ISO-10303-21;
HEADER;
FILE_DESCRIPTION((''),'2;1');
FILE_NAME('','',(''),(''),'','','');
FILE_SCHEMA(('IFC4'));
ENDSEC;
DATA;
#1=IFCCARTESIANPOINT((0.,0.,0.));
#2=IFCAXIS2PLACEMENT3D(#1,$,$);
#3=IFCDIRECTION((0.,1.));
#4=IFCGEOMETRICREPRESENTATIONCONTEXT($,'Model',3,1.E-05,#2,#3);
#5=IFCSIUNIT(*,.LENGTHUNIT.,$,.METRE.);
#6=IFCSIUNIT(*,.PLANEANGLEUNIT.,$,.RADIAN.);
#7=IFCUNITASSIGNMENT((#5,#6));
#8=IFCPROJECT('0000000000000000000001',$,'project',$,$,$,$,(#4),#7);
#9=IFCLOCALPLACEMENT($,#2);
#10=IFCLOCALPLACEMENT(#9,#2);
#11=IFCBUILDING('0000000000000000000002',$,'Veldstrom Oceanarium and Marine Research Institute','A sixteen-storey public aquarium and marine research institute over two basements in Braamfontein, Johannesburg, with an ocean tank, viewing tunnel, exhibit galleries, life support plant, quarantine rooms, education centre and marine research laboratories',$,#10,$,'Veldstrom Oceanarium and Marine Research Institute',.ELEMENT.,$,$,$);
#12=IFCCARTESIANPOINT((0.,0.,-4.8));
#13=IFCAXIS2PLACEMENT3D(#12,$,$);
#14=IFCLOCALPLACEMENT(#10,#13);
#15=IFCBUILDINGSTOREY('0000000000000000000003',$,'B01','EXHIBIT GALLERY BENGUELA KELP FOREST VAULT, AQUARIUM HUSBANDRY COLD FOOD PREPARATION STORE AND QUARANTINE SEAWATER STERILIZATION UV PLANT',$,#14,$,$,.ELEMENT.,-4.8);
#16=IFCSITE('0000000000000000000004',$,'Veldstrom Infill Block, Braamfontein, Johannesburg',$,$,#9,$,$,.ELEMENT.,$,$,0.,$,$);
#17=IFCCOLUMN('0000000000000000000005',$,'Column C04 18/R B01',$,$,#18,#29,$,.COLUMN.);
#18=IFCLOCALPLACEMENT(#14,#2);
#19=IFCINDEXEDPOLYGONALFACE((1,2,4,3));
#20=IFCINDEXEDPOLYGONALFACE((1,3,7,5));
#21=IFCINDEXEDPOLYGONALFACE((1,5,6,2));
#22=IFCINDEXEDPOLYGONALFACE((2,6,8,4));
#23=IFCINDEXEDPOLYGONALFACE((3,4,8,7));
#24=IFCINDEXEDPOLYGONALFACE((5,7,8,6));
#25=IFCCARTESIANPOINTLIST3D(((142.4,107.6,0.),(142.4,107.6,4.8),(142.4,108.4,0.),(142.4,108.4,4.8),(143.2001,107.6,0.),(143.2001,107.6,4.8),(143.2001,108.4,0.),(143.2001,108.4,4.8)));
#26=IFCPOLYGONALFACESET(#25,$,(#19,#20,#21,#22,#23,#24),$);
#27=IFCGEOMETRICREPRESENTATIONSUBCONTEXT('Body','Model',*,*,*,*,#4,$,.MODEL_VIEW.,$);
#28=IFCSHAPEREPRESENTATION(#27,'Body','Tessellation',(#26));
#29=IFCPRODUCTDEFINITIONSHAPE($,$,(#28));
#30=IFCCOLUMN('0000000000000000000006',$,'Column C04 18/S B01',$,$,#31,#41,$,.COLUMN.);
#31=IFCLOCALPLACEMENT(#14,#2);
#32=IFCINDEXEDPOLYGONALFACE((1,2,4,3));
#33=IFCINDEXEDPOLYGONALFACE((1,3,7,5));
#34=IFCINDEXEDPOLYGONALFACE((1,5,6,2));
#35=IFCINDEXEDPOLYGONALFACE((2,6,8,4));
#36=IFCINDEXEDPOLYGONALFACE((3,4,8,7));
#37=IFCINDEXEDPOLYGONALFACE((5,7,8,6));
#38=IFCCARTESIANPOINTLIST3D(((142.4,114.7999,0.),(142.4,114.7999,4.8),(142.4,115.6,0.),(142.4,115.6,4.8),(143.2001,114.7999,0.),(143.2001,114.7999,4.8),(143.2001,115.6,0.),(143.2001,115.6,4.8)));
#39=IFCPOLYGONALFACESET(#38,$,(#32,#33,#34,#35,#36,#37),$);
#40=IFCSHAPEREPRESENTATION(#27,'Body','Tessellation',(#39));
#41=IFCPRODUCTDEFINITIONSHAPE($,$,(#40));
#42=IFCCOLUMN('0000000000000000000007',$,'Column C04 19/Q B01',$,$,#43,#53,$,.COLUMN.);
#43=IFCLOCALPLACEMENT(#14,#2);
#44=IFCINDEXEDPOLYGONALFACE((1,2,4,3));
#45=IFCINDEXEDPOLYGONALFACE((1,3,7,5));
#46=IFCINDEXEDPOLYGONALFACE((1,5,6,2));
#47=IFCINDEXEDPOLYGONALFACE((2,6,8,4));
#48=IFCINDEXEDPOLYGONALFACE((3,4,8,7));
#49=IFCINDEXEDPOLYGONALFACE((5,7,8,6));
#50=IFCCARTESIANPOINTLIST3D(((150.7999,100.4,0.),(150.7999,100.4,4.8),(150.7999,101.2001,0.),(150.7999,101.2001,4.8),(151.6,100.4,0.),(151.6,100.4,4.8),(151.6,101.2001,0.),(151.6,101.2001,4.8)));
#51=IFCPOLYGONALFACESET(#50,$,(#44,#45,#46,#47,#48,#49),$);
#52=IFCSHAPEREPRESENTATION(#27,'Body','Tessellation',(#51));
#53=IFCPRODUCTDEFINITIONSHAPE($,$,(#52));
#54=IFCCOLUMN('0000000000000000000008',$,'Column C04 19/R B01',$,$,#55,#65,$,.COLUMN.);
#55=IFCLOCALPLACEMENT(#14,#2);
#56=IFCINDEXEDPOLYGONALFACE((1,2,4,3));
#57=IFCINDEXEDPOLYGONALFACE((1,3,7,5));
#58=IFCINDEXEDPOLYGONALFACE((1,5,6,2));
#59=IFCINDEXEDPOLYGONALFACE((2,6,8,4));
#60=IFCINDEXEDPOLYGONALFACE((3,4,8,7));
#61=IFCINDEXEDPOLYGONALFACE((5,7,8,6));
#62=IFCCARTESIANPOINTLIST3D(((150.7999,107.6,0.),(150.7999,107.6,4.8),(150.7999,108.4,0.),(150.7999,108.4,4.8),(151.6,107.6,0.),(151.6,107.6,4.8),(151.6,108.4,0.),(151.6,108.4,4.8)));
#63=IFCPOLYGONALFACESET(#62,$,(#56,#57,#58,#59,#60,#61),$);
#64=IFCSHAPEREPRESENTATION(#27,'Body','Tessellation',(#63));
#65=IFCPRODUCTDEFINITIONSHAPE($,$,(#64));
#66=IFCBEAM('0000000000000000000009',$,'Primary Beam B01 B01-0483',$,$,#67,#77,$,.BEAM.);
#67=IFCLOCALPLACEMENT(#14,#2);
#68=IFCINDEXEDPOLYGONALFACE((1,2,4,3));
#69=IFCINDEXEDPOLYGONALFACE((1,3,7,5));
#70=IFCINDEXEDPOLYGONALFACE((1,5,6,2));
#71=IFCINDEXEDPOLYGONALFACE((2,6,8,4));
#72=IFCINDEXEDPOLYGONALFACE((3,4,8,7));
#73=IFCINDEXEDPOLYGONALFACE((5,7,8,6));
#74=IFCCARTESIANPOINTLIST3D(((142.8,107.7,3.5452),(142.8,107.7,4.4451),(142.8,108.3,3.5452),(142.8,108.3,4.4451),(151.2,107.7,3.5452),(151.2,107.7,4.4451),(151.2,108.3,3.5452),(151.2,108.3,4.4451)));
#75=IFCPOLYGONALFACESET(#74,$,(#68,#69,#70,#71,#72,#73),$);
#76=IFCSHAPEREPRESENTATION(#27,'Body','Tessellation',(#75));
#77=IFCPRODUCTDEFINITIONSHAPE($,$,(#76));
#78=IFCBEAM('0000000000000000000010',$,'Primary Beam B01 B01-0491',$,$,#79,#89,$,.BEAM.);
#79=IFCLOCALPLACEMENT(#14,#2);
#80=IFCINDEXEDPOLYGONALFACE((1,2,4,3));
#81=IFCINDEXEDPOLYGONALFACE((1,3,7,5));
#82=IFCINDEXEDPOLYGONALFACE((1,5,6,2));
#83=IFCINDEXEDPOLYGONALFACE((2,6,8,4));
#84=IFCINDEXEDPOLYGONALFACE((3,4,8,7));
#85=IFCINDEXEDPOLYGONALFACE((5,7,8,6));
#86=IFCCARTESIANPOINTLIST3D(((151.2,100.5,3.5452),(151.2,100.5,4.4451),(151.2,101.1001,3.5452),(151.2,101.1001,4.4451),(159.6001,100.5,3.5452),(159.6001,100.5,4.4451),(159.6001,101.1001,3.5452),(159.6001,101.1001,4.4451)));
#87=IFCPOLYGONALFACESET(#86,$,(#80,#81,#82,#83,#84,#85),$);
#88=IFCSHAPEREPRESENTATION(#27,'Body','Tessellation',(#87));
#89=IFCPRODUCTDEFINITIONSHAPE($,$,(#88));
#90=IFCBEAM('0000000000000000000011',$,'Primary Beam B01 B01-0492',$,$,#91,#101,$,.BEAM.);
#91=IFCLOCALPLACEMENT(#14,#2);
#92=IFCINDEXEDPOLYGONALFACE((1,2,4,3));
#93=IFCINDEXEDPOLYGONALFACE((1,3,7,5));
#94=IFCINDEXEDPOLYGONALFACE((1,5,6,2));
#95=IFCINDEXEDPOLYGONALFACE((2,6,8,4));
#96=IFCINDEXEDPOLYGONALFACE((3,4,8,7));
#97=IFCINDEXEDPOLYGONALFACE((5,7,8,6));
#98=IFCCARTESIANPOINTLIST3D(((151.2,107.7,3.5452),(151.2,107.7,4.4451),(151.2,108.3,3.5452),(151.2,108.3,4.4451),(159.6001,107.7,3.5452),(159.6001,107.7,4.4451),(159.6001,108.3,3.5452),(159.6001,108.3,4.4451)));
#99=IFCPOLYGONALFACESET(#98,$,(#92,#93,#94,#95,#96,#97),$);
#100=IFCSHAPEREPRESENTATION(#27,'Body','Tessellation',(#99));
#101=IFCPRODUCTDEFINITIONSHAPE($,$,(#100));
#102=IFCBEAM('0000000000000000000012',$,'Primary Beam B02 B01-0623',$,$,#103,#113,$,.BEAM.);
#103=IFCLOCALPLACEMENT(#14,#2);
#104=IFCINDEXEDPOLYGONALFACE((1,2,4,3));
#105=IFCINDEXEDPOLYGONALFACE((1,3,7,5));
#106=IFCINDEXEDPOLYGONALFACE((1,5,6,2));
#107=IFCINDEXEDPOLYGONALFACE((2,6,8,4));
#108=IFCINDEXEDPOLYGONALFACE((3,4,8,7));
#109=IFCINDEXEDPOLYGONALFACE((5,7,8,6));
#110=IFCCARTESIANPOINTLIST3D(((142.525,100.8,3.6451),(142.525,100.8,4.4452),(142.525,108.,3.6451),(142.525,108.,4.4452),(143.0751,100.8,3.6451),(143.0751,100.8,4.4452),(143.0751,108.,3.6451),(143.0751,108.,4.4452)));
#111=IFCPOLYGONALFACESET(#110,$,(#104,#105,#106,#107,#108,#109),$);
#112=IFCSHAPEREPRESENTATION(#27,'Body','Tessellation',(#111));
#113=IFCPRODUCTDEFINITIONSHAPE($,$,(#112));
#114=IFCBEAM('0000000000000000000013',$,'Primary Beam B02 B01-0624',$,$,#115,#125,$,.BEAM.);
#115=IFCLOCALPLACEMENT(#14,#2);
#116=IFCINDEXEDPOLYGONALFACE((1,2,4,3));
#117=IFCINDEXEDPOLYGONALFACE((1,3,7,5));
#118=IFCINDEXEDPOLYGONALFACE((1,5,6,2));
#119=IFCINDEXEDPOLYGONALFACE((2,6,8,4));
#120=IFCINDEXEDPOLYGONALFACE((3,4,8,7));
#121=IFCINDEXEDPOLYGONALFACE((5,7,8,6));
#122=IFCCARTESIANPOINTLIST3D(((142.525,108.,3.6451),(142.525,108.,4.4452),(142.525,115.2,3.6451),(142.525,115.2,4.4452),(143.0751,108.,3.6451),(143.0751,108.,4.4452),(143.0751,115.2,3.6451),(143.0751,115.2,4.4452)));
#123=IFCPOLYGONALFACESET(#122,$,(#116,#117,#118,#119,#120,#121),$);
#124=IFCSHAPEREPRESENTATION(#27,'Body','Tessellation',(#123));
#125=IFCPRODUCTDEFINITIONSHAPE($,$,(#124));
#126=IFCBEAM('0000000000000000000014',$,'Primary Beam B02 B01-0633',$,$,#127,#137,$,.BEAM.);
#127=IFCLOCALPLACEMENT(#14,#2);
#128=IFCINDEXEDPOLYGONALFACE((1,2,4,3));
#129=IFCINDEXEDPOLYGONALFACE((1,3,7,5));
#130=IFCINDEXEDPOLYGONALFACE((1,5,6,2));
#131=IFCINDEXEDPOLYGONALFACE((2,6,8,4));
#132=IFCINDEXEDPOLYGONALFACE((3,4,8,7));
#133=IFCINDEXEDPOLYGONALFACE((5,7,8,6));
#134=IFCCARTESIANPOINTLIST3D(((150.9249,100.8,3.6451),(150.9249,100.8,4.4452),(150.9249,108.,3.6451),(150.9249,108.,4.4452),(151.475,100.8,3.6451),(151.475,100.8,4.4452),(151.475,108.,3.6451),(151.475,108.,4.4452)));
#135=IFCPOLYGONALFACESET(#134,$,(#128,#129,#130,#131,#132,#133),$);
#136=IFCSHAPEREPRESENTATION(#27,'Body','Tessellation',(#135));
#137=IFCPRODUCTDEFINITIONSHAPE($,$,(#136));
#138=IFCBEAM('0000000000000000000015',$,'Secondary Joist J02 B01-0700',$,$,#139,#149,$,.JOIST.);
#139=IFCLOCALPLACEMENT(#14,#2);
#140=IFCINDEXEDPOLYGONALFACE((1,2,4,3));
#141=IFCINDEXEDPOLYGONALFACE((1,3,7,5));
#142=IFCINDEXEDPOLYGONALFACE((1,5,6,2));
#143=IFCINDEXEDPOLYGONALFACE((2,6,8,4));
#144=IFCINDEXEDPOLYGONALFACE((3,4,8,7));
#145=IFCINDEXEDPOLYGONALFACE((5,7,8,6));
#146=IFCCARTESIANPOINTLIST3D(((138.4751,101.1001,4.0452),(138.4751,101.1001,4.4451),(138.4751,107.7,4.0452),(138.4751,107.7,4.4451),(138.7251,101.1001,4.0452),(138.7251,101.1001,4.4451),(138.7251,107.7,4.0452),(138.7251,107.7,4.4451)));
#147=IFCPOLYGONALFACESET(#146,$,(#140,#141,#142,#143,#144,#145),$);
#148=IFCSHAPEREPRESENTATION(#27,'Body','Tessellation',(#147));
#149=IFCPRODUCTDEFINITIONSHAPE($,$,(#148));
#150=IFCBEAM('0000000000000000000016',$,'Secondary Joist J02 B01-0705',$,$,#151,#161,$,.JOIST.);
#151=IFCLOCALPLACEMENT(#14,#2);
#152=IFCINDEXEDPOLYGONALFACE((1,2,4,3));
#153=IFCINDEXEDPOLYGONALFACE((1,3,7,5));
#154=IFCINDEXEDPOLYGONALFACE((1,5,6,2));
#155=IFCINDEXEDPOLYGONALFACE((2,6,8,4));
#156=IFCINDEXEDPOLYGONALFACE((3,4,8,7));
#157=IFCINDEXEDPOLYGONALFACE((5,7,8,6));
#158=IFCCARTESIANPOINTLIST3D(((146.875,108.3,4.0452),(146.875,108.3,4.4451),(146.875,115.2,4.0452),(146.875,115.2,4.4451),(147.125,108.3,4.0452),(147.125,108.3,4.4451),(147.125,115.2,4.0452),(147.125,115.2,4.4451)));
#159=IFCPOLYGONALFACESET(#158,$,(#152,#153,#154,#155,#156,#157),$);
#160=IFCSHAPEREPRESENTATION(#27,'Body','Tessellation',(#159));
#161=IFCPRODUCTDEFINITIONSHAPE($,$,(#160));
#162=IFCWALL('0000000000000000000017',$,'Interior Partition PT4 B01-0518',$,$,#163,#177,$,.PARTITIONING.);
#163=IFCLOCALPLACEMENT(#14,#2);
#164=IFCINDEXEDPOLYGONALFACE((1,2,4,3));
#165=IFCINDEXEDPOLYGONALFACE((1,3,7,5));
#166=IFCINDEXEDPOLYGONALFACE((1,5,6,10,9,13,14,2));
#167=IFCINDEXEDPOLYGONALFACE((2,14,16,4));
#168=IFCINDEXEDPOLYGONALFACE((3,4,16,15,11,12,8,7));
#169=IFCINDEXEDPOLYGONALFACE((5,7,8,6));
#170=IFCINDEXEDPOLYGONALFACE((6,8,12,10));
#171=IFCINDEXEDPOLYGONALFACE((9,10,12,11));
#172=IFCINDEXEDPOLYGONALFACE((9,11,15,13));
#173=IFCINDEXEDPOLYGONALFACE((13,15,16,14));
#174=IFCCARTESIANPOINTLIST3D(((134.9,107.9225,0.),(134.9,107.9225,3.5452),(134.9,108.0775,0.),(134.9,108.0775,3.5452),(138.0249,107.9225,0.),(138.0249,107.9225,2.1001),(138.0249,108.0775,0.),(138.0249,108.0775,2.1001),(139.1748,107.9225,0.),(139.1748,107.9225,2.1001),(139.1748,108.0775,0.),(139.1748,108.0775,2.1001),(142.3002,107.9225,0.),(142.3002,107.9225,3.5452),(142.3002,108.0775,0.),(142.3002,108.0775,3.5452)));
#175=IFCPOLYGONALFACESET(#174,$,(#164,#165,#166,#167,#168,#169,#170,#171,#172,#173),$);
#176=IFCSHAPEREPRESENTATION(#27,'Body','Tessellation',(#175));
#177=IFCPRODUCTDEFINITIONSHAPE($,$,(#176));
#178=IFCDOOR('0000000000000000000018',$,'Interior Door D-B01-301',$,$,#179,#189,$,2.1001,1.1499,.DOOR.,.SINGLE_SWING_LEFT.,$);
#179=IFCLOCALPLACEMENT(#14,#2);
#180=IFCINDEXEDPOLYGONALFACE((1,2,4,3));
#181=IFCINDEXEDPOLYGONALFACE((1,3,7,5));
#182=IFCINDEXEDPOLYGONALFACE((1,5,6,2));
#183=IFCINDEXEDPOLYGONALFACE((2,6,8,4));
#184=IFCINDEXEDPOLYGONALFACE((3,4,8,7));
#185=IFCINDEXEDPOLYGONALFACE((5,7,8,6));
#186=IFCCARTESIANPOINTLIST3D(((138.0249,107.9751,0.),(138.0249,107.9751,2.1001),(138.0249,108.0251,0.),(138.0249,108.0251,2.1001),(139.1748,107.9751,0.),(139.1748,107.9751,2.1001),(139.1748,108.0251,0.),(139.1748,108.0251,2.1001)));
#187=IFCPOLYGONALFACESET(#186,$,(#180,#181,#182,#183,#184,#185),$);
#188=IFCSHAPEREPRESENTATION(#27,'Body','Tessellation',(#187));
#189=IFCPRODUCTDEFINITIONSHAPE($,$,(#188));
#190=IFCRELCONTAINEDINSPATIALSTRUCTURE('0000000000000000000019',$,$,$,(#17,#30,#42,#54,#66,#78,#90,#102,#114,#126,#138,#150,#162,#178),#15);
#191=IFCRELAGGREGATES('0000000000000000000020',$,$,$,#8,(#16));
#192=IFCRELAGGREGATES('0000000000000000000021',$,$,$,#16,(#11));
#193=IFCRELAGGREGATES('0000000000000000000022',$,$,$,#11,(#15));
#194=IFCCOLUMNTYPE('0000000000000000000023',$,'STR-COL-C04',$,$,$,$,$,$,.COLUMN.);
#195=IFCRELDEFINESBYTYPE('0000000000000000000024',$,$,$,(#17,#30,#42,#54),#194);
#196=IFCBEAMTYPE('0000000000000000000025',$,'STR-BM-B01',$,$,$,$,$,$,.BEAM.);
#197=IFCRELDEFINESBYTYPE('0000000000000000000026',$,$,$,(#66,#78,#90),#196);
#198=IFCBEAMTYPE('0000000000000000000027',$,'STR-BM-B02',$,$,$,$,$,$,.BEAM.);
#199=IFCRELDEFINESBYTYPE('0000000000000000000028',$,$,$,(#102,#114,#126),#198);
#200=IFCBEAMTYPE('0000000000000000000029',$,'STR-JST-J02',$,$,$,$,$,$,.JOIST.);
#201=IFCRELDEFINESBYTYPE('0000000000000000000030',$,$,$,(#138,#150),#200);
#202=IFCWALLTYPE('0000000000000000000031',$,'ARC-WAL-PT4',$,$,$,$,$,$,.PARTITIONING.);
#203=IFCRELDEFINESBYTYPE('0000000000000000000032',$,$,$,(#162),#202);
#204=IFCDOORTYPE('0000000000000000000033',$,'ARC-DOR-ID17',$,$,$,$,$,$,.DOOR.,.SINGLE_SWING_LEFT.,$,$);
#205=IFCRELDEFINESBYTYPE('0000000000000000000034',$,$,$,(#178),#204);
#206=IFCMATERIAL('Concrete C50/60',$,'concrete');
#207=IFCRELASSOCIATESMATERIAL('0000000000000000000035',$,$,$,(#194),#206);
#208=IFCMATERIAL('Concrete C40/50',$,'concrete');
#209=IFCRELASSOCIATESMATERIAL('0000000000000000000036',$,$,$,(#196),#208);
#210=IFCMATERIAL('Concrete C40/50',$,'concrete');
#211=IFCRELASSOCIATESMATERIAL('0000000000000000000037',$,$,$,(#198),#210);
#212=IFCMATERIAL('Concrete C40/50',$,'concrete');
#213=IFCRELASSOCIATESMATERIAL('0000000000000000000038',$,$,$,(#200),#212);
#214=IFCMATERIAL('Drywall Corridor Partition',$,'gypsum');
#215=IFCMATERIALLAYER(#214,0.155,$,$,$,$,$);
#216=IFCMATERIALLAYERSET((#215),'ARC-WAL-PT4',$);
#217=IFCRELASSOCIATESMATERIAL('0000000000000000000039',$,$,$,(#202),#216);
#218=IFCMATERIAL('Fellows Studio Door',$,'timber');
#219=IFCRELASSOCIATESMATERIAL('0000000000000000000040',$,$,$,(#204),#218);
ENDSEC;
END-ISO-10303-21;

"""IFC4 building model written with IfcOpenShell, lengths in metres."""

from ifc_helpers import new_model, si_unit, direction, frame, frame_2d, origin, origin_2d, place, context, subcontext, project, spatial, rectangle, extrude, material, layer, layer_set, material_profile, profile_set, type_object, element, fill, save


model = new_model("IFC4")

# Units and contexts
model_context = context("Model", 3, precision=1e-05, world=origin(), true_north=direction((0.0, 1.0)))
body_context = subcontext(model_context, "Body", "Model", "MODEL_VIEW")
ifc_project = project(units=[si_unit("LENGTHUNIT", "METRE"), si_unit("PLANEANGLEUNIT", "RADIAN")], contexts=[model_context])

# Site, building, storey
site_placement = place(None, origin())
site = spatial("IfcSite", under=ifc_project, at=site_placement, Name="Veldstrom Infill Block, Braamfontein, Johannesburg", CompositionType="ELEMENT", RefElevation=0.0)
building_placement = place(site_placement, origin())
building = spatial("IfcBuilding", under=site, at=building_placement, Name="Veldstrom Oceanarium and Marine Research Institute", Description="A sixteen-storey public aquarium and marine research institute over two basements in Braamfontein, Johannesburg, with an ocean tank, viewing tunnel, exhibit galleries, life support plant, quarantine rooms, education centre and marine research laboratories", LongName="Veldstrom Oceanarium and Marine Research Institute", CompositionType="ELEMENT")
storey_placement = place(building_placement, frame((0.0, 0.0, -4.8)))
storey = spatial("IfcBuildingStorey", under=building, at=storey_placement, Name="B01", Description="EXHIBIT GALLERY BENGUELA KELP FOREST VAULT, AQUARIUM HUSBANDRY COLD FOOD PREPARATION STORE AND QUARANTINE SEAWATER STERILIZATION UV PLANT", CompositionType="ELEMENT", Elevation=-4.8)

# Columns
ifc_material_1 = material(Name="Concrete C50/60", Category="concrete")
ifc_material_profile_1 = material_profile(ifc_material_1, rectangle(XDim=0.8, YDim=0.8, at=origin_2d()), Name="RC-COL-800x800")
ifc_profile_set_1 = profile_set([ifc_material_profile_1], Name="Concrete C50/60")
column_type = type_object("IfcColumnType", Name="STR-COL-C04", PredefinedType="COLUMN", material=ifc_profile_set_1)
for number, where, z_axis, x_axis, name in (
    (1, (142.8, 108.0, 0.0), (0.0, 0.0, 1.0), (1.0, 0.0, 0.0), "Column C04 18/R B01"),
    (2, (142.8, 115.2, 0.0), (0.0, 0.0, 1.0), (1.0, 0.0, 0.0), "Column C04 18/S B01"),
    (3, (151.2, 100.8, 0.0), (0.0, 0.0, 1.0), (1.0, 0.0, 0.0), "Column C04 19/Q B01"),
    (4, (151.2, 108.0, 0.0), (0.0, 0.0, 1.0), (1.0, 0.0, 0.0), "Column C04 19/R B01"),
):
    element("IfcColumn", number, at=place(storey_placement, frame(where, z_axis=z_axis, x_axis=x_axis)), inside=storey, type_object=column_type, Name=name, PredefinedType="COLUMN", context=body_context, shape_type="SweptSolid", body=[
        extrude(rectangle(XDim=0.8, YDim=0.8, at=origin_2d()), origin(), (0.0, 0.0, 1.0), 4.8),
    ])

# Beams
ifc_material_2 = material(Name="Concrete C40/50", Category="concrete")
ifc_material_profile_2 = material_profile(ifc_material_2, rectangle(XDim=0.6001, YDim=0.8999, at=origin_2d()), Name="RC-BM-600x900")
ifc_profile_set_2 = profile_set([ifc_material_profile_2], Name="Concrete C40/50")
beam_type_1 = type_object("IfcBeamType", Name="STR-BM-B01", PredefinedType="BEAM", material=ifc_profile_set_2)
beam_1_placement = place(storey_placement, frame((142.8, 108.0, 3.9951), z_axis=(1.0, 0.0, 0.0), x_axis=(0.0, 1.0, 0.0)))
element("IfcBeam", 5, at=beam_1_placement, inside=storey, type_object=beam_type_1, Name="Primary Beam B01 B01-0483", PredefinedType="BEAM", context=body_context, shape_type="SweptSolid", body=[
    extrude(rectangle(XDim=0.6001, YDim=0.8999, at=origin_2d()), origin(), (0.0, 0.0, 1.0), 8.3999),
])
for number, where, z_axis, x_axis, name in (
    (6, (151.2, 100.8, 3.9951), (1.0, 0.0, 0.0), (0.0, 1.0, 0.0), "Primary Beam B01 B01-0491"),
    (7, (151.2, 108.0, 3.9951), (1.0, 0.0, 0.0), (0.0, 1.0, 0.0), "Primary Beam B01 B01-0492"),
):
    element("IfcBeam", number, at=place(storey_placement, frame(where, z_axis=z_axis, x_axis=x_axis)), inside=storey, type_object=beam_type_1, Name=name, PredefinedType="BEAM", context=body_context, shape_type="SweptSolid", body=[
        extrude(rectangle(XDim=0.6001, YDim=0.8999, at=origin_2d()), origin(), (0.0, 0.0, 1.0), 8.4001),
    ])
ifc_material_3 = material(Name="Concrete C40/50", Category="concrete")
ifc_material_profile_3 = material_profile(ifc_material_3, rectangle(XDim=0.55, YDim=0.8, at=origin_2d()), Name="RC-BM-550x800")
ifc_profile_set_3 = profile_set([ifc_material_profile_3], Name="Concrete C40/50")
beam_type_2 = type_object("IfcBeamType", Name="STR-BM-B02", PredefinedType="BEAM", material=ifc_profile_set_3)
for number, where, z_axis, x_axis, name in (
    (8, (142.8, 100.8, 4.0452), (0.0, 1.0, 0.0), (-1.0, 0.0, 0.0), "Primary Beam B02 B01-0623"),
    (9, (142.8, 108.0, 4.0452), (0.0, 1.0, 0.0), (-1.0, 0.0, 0.0), "Primary Beam B02 B01-0624"),
    (10, (151.2, 100.8, 4.0452), (0.0, 1.0, 0.0), (-1.0, 0.0, 0.0), "Primary Beam B02 B01-0633"),
):
    element("IfcBeam", number, at=place(storey_placement, frame(where, z_axis=z_axis, x_axis=x_axis)), inside=storey, type_object=beam_type_2, Name=name, PredefinedType="BEAM", context=body_context, shape_type="SweptSolid", body=[
        extrude(rectangle(XDim=0.55, YDim=0.8, at=origin_2d()), origin(), (0.0, 0.0, 1.0), 7.2),
    ])
ifc_material_4 = material(Name="Concrete C40/50", Category="concrete")
ifc_material_profile_4 = material_profile(ifc_material_4, rectangle(XDim=0.25, YDim=0.3999, at=origin_2d()), Name="RC-JST-250x400")
ifc_profile_set_4 = profile_set([ifc_material_profile_4], Name="Concrete C40/50")
beam_type_3 = type_object("IfcBeamType", Name="STR-JST-J02", PredefinedType="JOIST", material=ifc_profile_set_4)
beam_2_placement = place(storey_placement, frame((138.6001, 101.1001, 4.2451), z_axis=(0.0, 1.0, 0.0), x_axis=(-1.0, 0.0, 0.0)))
element("IfcBeam", 11, at=beam_2_placement, inside=storey, type_object=beam_type_3, Name="Secondary Joist J02 B01-0700", PredefinedType="JOIST", context=body_context, shape_type="SweptSolid", body=[
    extrude(rectangle(XDim=0.25, YDim=0.3999, at=origin_2d()), origin(), (0.0, 0.0, 1.0), 6.5999),
])
beam_3_placement = place(storey_placement, frame((147.0, 108.3, 4.2451), z_axis=(0.0, 1.0, 0.0), x_axis=(-1.0, 0.0, 0.0)))
element("IfcBeam", 12, at=beam_3_placement, inside=storey, type_object=beam_type_3, Name="Secondary Joist J02 B01-0705", PredefinedType="JOIST", context=body_context, shape_type="SweptSolid", body=[
    extrude(rectangle(XDim=0.25, YDim=0.3999, at=origin_2d()), origin(), (0.0, 0.0, 1.0), 6.8999),
])

# Wall, opening, door
ifc_material_5 = material(Name="Drywall Corridor Partition", Category="gypsum")
ifc_layer_1 = layer(ifc_material_5, 0.155)
ifc_layer_set_1 = layer_set([ifc_layer_1], Name="ARC-WAL-PT4")
wall_type_1 = type_object("IfcWallType", Name="ARC-WAL-PT4", PredefinedType="PARTITIONING", material=ifc_layer_set_1)
wall_1_placement = place(storey_placement, frame((134.8999, 108.0, 0.0), z_axis=(0.0, 0.0, 1.0), x_axis=(1.0, 0.0, 0.0)))
wall_1 = element("IfcWall", 13, at=wall_1_placement, inside=storey, type_object=wall_type_1, Name="Interior Partition PT4 B01-0518", PredefinedType="PARTITIONING", context=body_context, shape_type="SweptSolid", body=[
    extrude(rectangle(XDim=7.4001, YDim=0.155, at=frame_2d((3.7002, 0.0))), origin(), (0.0, 0.0, 1.0), 3.5452),
])
opening_1_placement = place(wall_1_placement, frame((3.125, 0.0, 0.0)))
opening_1 = element("IfcOpeningElement", 14, at=opening_1_placement, cuts=wall_1, PredefinedType="OPENING", context=body_context, shape_type="SweptSolid", body=[
    extrude(rectangle(XDim=1.1499, YDim=2.1001, at=frame_2d((0.575, 1.05))), frame((0.0, 0.0874, 0.0), z_axis=(0.0, -1.0, 0.0), x_axis=(1.0, 0.0, 0.0)), (0.0, 0.0, 1.0), 0.175),
])
ifc_material_6 = material(Name="Fellows Studio Door", Category="timber")
door_type_1 = type_object("IfcDoorType", Name="ARC-DOR-ID17", OperationType="SINGLE_SWING_LEFT", PredefinedType="DOOR", material=ifc_material_6)
door_1_placement = place(opening_1_placement, frame((1.1499, 0.0, 0.0), z_axis=(0.0, 0.0, 1.0), x_axis=(-1.0, 0.0, 0.0)))
door_1 = element("IfcDoor", 15, at=door_1_placement, inside=storey, type_object=door_type_1, Name="Interior Door D-B01-301", OperationType="SINGLE_SWING_LEFT", OverallHeight=2.1001, OverallWidth=1.1499, PredefinedType="DOOR", context=body_context, shape_type="SweptSolid", body=[
    extrude(rectangle(XDim=1.1499, YDim=2.1001, at=frame_2d((0.575, 1.05))), frame((0.0, 0.0249, 0.0), z_axis=(0.0, -1.0, 0.0), x_axis=(1.0, 0.0, 0.0)), (0.0, 0.0, 1.0), 0.05),
])
fill(opening_1, door_1)

save(model, "model.ifc")
